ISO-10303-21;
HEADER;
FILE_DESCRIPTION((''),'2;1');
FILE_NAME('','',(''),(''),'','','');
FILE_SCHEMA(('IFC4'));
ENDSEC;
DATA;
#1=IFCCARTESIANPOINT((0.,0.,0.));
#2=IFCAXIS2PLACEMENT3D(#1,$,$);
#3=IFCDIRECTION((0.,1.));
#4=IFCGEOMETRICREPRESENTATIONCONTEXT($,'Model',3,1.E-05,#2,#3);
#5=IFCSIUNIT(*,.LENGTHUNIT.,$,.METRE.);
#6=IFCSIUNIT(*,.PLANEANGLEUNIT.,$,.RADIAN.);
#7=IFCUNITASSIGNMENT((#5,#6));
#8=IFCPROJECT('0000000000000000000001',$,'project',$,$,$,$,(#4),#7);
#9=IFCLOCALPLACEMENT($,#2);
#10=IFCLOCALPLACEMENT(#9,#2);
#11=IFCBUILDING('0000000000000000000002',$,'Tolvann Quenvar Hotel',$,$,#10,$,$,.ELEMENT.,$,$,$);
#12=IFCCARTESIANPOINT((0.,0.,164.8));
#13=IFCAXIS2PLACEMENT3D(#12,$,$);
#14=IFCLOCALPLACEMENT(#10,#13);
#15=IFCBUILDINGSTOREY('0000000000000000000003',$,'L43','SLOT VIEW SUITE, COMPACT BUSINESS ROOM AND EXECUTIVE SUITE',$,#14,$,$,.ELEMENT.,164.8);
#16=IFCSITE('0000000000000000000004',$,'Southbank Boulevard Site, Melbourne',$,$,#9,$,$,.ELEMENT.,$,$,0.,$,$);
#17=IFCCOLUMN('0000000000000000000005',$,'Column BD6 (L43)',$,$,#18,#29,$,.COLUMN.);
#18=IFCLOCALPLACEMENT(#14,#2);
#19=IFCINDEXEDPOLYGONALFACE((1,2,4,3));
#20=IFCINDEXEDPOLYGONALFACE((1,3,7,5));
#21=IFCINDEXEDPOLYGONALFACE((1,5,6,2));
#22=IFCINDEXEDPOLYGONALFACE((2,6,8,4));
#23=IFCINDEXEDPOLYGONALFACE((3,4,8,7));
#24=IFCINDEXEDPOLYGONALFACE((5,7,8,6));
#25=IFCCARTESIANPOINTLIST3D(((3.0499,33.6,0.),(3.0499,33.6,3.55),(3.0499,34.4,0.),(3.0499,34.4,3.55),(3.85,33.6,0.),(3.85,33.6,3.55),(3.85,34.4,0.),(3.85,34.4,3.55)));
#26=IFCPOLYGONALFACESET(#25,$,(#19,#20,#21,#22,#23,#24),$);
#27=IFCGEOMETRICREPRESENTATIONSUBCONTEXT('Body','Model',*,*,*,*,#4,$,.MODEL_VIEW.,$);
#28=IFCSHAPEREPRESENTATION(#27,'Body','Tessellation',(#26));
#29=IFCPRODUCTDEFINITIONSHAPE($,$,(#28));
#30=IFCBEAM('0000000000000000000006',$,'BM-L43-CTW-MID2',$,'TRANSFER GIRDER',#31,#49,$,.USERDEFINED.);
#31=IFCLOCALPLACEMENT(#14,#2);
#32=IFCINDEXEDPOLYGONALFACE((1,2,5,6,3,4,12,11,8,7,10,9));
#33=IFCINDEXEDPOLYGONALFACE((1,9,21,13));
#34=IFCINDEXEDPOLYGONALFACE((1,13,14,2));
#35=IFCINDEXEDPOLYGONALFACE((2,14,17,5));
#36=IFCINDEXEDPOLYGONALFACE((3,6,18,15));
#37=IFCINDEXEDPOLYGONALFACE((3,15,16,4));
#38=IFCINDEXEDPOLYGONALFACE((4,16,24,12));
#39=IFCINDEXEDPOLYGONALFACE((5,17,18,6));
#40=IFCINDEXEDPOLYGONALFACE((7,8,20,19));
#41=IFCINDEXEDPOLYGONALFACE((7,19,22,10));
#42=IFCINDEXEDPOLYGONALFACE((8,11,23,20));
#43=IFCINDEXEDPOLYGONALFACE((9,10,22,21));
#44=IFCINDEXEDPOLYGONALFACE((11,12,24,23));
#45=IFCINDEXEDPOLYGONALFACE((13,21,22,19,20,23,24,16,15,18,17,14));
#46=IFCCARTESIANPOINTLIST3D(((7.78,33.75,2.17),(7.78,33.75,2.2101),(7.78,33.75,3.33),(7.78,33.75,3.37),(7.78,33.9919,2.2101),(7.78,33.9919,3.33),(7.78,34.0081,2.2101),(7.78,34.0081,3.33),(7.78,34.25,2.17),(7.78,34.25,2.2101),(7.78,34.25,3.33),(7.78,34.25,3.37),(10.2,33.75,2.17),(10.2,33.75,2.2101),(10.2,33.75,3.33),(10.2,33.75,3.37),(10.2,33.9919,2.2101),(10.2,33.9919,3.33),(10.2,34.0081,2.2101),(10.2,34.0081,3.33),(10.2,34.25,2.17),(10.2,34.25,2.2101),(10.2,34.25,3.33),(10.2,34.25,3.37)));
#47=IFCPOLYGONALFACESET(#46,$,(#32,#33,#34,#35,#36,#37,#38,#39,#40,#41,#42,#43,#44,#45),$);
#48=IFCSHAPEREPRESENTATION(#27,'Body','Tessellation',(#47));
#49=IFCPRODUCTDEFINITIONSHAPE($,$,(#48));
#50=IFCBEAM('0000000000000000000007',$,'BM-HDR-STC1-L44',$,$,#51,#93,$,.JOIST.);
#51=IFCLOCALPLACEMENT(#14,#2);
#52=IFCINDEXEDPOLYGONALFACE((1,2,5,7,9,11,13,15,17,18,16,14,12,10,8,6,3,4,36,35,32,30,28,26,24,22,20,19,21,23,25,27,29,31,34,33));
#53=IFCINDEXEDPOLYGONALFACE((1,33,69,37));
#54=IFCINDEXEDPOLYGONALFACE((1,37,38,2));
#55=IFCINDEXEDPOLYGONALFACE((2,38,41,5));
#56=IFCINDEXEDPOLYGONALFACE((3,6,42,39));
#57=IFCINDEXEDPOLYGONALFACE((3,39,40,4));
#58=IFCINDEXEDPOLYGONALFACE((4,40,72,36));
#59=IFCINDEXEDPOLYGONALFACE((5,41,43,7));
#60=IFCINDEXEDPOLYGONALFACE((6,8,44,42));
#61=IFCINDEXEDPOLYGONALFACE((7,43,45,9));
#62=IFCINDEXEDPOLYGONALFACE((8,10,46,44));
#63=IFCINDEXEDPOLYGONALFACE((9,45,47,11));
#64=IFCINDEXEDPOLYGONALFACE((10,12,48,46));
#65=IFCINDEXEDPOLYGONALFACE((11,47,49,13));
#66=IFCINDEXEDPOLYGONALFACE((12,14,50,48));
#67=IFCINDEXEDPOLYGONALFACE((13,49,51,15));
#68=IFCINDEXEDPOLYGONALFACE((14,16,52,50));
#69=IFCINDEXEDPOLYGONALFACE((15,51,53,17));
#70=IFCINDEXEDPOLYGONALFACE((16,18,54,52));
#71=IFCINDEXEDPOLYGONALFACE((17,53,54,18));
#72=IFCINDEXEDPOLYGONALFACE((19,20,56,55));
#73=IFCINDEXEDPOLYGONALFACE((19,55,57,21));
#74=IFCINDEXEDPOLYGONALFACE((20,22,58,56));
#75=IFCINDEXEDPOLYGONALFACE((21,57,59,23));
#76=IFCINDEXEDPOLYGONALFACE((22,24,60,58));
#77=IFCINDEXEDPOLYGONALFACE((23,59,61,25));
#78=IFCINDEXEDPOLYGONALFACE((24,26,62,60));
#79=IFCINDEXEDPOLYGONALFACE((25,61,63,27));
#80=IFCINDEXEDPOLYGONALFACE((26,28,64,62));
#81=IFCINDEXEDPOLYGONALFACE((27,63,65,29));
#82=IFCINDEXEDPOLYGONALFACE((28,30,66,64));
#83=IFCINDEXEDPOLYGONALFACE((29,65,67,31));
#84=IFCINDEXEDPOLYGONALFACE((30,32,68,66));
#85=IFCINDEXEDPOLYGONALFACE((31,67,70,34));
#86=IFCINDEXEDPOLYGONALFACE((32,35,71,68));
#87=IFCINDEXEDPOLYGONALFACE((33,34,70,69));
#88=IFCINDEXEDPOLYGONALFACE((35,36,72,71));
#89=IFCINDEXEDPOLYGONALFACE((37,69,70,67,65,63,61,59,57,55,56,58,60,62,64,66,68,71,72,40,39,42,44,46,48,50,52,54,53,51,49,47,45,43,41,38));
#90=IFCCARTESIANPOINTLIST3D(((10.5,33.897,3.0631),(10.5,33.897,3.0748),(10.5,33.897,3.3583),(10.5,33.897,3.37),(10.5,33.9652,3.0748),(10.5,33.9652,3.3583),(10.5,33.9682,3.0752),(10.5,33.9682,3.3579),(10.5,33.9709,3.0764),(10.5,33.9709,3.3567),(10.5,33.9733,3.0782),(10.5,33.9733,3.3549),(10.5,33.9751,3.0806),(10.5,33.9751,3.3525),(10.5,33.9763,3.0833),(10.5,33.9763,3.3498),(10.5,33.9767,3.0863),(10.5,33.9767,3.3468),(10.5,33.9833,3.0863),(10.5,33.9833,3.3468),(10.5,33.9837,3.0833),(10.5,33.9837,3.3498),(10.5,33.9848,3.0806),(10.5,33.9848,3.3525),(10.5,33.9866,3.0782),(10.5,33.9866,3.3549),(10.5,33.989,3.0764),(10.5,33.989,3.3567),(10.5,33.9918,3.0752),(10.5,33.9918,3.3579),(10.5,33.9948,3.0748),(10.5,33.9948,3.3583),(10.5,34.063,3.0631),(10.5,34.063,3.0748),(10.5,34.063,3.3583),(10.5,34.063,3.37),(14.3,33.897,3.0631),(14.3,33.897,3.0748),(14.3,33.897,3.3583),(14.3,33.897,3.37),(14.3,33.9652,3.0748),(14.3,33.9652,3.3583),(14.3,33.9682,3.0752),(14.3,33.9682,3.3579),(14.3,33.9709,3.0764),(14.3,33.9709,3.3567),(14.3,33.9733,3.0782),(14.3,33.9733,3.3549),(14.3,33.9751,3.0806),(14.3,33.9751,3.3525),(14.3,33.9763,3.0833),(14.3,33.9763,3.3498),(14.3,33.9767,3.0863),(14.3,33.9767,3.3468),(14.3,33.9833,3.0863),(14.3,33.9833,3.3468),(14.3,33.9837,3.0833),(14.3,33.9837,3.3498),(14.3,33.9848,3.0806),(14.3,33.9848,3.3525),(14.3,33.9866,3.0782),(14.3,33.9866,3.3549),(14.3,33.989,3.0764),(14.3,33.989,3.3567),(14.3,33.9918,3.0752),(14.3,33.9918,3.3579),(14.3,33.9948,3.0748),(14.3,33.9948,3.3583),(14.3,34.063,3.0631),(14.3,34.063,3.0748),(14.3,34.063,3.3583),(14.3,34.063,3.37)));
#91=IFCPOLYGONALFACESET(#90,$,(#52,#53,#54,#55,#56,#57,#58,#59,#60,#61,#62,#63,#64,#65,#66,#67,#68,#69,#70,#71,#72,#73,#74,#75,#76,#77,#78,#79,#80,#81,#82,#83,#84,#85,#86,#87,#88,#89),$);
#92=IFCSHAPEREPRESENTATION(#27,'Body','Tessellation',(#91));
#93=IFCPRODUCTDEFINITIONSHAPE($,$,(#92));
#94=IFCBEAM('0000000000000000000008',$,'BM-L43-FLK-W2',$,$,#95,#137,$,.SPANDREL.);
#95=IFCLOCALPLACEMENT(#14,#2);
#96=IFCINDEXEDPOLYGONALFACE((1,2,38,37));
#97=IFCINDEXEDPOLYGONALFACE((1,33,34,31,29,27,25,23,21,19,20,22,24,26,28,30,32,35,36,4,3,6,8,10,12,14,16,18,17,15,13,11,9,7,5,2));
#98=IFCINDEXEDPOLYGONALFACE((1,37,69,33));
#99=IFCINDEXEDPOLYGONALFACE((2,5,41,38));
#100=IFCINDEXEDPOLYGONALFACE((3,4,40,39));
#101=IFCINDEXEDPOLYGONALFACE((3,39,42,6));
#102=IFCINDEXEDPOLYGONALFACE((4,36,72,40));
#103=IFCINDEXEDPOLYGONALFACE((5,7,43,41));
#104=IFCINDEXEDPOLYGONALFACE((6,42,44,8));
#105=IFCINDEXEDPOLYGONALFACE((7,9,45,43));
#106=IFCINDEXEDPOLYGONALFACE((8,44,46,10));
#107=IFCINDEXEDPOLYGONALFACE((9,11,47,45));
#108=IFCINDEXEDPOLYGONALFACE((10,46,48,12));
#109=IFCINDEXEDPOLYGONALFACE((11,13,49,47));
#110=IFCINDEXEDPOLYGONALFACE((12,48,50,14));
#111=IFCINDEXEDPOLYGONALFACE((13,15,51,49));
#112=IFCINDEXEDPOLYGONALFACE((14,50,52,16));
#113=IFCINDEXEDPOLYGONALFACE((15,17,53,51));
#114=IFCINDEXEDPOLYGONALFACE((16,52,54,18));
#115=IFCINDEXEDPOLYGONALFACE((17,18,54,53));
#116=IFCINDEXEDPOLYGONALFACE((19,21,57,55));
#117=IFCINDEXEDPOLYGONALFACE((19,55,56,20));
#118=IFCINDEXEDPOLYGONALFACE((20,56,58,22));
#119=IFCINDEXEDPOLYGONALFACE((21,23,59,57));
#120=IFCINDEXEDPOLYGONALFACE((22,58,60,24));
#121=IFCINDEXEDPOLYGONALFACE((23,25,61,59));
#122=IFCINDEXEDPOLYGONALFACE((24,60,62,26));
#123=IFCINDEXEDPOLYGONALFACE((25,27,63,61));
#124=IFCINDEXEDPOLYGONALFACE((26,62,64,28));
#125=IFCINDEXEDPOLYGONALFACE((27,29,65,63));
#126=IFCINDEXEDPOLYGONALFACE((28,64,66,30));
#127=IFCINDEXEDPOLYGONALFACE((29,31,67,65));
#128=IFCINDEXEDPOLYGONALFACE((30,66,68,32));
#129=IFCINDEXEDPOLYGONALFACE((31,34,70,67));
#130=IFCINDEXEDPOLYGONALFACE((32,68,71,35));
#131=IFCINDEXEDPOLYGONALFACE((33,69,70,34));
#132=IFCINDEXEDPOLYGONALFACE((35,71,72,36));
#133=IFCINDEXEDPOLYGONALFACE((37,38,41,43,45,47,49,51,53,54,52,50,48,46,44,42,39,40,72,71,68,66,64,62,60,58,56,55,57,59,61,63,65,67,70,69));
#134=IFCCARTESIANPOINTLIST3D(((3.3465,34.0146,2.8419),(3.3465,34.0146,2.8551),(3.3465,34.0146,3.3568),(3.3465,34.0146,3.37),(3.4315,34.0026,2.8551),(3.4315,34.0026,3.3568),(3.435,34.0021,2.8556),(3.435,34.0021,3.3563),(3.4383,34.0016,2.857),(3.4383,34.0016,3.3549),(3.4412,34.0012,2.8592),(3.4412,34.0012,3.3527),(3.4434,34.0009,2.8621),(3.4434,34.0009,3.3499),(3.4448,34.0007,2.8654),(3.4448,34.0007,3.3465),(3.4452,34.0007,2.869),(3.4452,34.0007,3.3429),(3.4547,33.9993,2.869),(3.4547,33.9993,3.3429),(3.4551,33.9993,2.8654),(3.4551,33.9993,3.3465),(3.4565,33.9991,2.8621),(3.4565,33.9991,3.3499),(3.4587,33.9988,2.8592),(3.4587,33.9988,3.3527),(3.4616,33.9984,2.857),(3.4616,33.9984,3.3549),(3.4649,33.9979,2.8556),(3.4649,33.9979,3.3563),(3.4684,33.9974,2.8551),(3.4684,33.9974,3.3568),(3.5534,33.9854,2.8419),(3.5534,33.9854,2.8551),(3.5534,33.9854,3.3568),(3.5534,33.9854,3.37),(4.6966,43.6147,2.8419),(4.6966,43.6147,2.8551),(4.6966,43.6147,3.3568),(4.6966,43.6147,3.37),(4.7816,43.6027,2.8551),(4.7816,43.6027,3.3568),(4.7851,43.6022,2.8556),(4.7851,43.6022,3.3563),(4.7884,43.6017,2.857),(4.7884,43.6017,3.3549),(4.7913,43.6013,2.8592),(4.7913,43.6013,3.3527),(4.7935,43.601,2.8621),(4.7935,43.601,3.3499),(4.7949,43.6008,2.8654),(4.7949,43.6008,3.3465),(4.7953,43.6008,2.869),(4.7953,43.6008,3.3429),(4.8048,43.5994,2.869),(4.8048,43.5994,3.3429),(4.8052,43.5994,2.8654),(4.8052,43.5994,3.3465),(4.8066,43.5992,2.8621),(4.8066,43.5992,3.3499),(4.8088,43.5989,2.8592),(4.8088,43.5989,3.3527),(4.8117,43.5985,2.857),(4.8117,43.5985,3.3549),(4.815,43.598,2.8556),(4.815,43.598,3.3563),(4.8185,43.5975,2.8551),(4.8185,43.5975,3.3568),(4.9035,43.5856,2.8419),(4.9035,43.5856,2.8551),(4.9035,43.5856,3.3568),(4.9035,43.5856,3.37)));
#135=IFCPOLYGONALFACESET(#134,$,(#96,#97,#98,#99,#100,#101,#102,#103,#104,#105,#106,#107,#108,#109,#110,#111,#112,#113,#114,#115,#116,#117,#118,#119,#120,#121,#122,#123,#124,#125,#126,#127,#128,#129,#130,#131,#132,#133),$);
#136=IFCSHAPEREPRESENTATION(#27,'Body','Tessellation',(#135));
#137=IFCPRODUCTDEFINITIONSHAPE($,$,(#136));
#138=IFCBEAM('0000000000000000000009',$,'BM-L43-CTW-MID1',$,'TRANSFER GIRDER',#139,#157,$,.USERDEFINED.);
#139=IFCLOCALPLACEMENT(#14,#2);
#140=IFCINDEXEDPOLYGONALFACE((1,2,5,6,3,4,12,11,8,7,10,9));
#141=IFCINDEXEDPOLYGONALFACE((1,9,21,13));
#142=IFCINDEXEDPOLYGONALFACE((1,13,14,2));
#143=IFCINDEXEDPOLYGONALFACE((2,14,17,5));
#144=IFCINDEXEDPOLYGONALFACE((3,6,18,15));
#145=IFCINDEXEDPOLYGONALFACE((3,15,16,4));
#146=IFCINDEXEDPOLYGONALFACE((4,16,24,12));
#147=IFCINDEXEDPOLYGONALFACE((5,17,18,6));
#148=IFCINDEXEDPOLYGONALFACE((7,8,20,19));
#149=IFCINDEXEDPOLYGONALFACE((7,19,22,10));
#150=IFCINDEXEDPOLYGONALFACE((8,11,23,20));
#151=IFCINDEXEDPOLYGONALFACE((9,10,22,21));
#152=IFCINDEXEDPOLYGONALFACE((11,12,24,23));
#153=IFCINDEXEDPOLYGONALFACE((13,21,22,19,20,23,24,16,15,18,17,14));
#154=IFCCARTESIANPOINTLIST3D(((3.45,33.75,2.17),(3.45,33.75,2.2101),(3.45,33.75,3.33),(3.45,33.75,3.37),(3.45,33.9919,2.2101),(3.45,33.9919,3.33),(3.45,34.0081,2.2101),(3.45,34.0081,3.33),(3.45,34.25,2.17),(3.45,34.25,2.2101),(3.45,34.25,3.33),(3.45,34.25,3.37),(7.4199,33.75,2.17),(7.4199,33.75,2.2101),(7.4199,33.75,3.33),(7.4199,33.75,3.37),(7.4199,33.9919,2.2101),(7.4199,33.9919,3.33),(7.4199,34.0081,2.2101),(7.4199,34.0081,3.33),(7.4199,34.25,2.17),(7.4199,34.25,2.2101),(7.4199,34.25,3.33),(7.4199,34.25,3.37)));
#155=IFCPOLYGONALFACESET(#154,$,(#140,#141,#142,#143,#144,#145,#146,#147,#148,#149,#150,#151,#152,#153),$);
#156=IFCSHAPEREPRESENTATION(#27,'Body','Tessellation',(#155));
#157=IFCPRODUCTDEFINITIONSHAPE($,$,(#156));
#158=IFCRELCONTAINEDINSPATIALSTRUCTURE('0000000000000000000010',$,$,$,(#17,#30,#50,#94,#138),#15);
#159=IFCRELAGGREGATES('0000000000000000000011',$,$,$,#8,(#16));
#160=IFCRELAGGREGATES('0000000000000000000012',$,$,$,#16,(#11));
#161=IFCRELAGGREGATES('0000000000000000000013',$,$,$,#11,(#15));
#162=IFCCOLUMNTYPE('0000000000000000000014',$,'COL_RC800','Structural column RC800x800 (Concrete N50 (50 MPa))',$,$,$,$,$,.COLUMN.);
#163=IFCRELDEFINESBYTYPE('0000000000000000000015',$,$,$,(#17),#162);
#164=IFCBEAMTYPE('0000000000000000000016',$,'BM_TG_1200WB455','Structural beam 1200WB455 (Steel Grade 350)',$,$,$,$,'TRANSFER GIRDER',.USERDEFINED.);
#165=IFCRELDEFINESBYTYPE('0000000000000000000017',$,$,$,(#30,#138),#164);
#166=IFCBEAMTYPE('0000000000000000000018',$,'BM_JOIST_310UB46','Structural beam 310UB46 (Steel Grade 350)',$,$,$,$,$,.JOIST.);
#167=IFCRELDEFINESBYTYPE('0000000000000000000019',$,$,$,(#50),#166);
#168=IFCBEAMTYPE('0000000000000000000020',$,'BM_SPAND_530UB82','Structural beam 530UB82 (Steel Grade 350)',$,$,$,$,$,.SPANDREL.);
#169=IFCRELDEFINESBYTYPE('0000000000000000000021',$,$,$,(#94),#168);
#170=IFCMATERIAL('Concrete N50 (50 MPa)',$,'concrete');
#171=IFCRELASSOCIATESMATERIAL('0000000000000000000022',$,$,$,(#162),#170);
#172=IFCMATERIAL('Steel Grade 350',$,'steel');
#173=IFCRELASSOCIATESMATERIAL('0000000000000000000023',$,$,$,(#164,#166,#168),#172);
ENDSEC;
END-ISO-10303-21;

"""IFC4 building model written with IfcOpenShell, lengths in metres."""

from ifc_helpers import new_model, si_unit, direction, frame, origin, origin_2d, place, context, subcontext, project, spatial, rectangle, i_section, extrude, source, transform, mapped, material, material_profile, profile_set, type_object, type_shapes, element, save


model = new_model("IFC4")

# Units and contexts
model_context = context("Model", 3, precision=1e-05, world=origin(), true_north=direction((0.0, 1.0)))
body_context = subcontext(model_context, "Body", "Model", "MODEL_VIEW")
ifc_project = project(units=[si_unit("LENGTHUNIT", "METRE"), si_unit("PLANEANGLEUNIT", "RADIAN")], contexts=[model_context])

# Site, building, storey
site_placement = place(None, origin())
site = spatial("IfcSite", under=ifc_project, at=site_placement, Name="Southbank Boulevard Site, Melbourne", CompositionType="ELEMENT", RefElevation=0.0)
building_placement = place(site_placement, origin())
building = spatial("IfcBuilding", under=site, at=building_placement, Name="Tolvann Quenvar Hotel", CompositionType="ELEMENT")
storey_placement = place(building_placement, frame((0.0, 0.0, 164.8)))
storey = spatial("IfcBuildingStorey", under=building, at=storey_placement, Name="L43", Description="SLOT VIEW SUITE, COMPACT BUSINESS ROOM AND EXECUTIVE SUITE", CompositionType="ELEMENT", Elevation=164.8)

# Column
ifc_material_1 = material(Name="Concrete N50 (50 MPa)", Category="concrete")
ifc_material_profile_1 = material_profile(ifc_material_1, rectangle(XDim=0.8, YDim=0.8, at=origin_2d()), Name="RC800x800")
ifc_profile_set_1 = profile_set([ifc_material_profile_1], Name="Concrete N50 (50 MPa)")
column_type = type_object("IfcColumnType", Name="COL_RC800", Description="Structural column RC800x800 (Concrete N50 (50 MPa))", PredefinedType="COLUMN", material=ifc_profile_set_1)
shared_shape_1 = source(origin(), body_context, "Body", "SweptSolid", [
    extrude(rectangle(XDim=0.8, YDim=0.8, at=origin_2d()), origin(), (0.0, 0.0, 1.0), 3.55),
])
type_shapes(column_type, [shared_shape_1])
column_placement = place(storey_placement, frame((3.45, 34.0, 0.0), z_axis=(0.0, 0.0, 1.0), x_axis=(1.0, 0.0, 0.0)))
element("IfcColumn", 1, at=column_placement, inside=storey, type_object=column_type, Name="Column BD6 (L43)", PredefinedType="COLUMN", context=body_context, shape_type="MappedRepresentation", body=[
    mapped(shared_shape_1, transform((0.0, 0.0, 0.0), x_axis=(1.0, 0.0, 0.0), y_axis=(0.0, 1.0, 0.0), z_axis=(0.0, 0.0, 1.0), scale=1.0)),
])

# Beams
ifc_material_2 = material(Name="Steel Grade 350", Category="steel")
ifc_material_profile_2 = material_profile(ifc_material_2, i_section(OverallWidth=0.5, OverallDepth=1.2, WebThickness=0.0161, FlangeThickness=0.04, at=origin_2d()), Name="1200WB455")
ifc_profile_set_2 = profile_set([ifc_material_profile_2], Name="Steel Grade 350")
beam_type_1 = type_object("IfcBeamType", Name="BM_TG_1200WB455", Description="Structural beam 1200WB455 (Steel Grade 350)", ElementType="TRANSFER GIRDER", PredefinedType="USERDEFINED", material=ifc_profile_set_2)
shared_shape_2 = source(origin(), body_context, "Body", "SweptSolid", [
    extrude(i_section(OverallWidth=0.5, OverallDepth=1.2, WebThickness=0.0161, FlangeThickness=0.04, at=origin_2d()), origin(), (0.0, 0.0, 1.0), 2.4199),
])
beam_1_placement = place(storey_placement, frame((7.78, 34.0, 2.77), z_axis=(1.0, 0.0, 0.0), x_axis=(0.0, 1.0, 0.0)))
element("IfcBeam", 2, at=beam_1_placement, inside=storey, type_object=beam_type_1, Name="BM-L43-CTW-MID2", ObjectType="TRANSFER GIRDER", PredefinedType="USERDEFINED", context=body_context, shape_type="MappedRepresentation", body=[
    mapped(shared_shape_2, transform((0.0, 0.0, 0.0), x_axis=(1.0, 0.0, 0.0), y_axis=(0.0, 1.0, 0.0), z_axis=(0.0, 0.0, 1.0), scale=1.0)),
])
ifc_material_profile_3 = material_profile(ifc_material_2, i_section(OverallWidth=0.166, OverallDepth=0.3069, WebThickness=0.0066, FlangeThickness=0.0117, FilletRadius=0.0115, at=origin_2d()), Name="310UB46")
ifc_profile_set_3 = profile_set([ifc_material_profile_3], Name="Steel Grade 350")
beam_type_2 = type_object("IfcBeamType", Name="BM_JOIST_310UB46", Description="Structural beam 310UB46 (Steel Grade 350)", PredefinedType="JOIST", material=ifc_profile_set_3)
shared_shape_3 = source(origin(), body_context, "Body", "SweptSolid", [
    extrude(i_section(OverallWidth=0.166, OverallDepth=0.3069, WebThickness=0.0066, FlangeThickness=0.0117, FilletRadius=0.0115, at=origin_2d()), origin(), (0.0, 0.0, 1.0), 3.8),
])
type_shapes(beam_type_2, [shared_shape_3])
beam_2_placement = place(storey_placement, frame((10.5, 33.98, 3.2166), z_axis=(1.0, 0.0, 0.0), x_axis=(0.0, 1.0, 0.0)))
element("IfcBeam", 3, at=beam_2_placement, inside=storey, type_object=beam_type_2, Name="BM-HDR-STC1-L44", PredefinedType="JOIST", context=body_context, shape_type="MappedRepresentation", body=[
    mapped(shared_shape_3, transform((0.0, 0.0, 0.0), x_axis=(1.0, 0.0, 0.0), y_axis=(0.0, 1.0, 0.0), z_axis=(0.0, 0.0, 1.0), scale=1.0)),
])
ifc_material_profile_4 = material_profile(ifc_material_2, i_section(OverallWidth=0.209, OverallDepth=0.5281, WebThickness=0.0095, FlangeThickness=0.0132, FilletRadius=0.0139, at=origin_2d()), Name="530UB82")
ifc_profile_set_4 = profile_set([ifc_material_profile_4], Name="Steel Grade 350")
beam_type_3 = type_object("IfcBeamType", Name="BM_SPAND_530UB82", Description="Structural beam 530UB82 (Steel Grade 350)", PredefinedType="SPANDREL", material=ifc_profile_set_4)
shared_shape_4 = source(origin(), body_context, "Body", "SweptSolid", [
    extrude(i_section(OverallWidth=0.209, OverallDepth=0.5281, WebThickness=0.0095, FlangeThickness=0.0132, FilletRadius=0.0139, at=origin_2d()), origin(), (0.0, 0.0, 1.0), 9.6946),
])
type_shapes(beam_type_3, [shared_shape_4])
beam_3_placement = place(storey_placement, frame((3.45, 34.0, 3.106), z_axis=(0.139263, 0.990255, 0.0), x_axis=(-0.990255, 0.139263, 0.0)))
element("IfcBeam", 4, at=beam_3_placement, inside=storey, type_object=beam_type_3, Name="BM-L43-FLK-W2", PredefinedType="SPANDREL", context=body_context, shape_type="MappedRepresentation", body=[
    mapped(shared_shape_4, transform((0.0, 0.0, 0.0), x_axis=(1.0, 0.0, 0.0), y_axis=(0.0, 1.0, 0.0), z_axis=(0.0, 0.0, 1.0), scale=1.0)),
])
shared_shape_5 = source(origin(), body_context, "Body", "SweptSolid", [
    extrude(i_section(OverallWidth=0.5, OverallDepth=1.2, WebThickness=0.0161, FlangeThickness=0.04, at=origin_2d()), origin(), (0.0, 0.0, 1.0), 3.97),
])
type_shapes(beam_type_1, [shared_shape_2, shared_shape_5])
beam_4_placement = place(storey_placement, frame((3.45, 34.0, 2.77), z_axis=(1.0, 0.0, 0.0), x_axis=(0.0, 1.0, 0.0)))
element("IfcBeam", 5, at=beam_4_placement, inside=storey, type_object=beam_type_1, Name="BM-L43-CTW-MID1", ObjectType="TRANSFER GIRDER", PredefinedType="USERDEFINED", context=body_context, shape_type="MappedRepresentation", body=[
    mapped(shared_shape_5, transform((0.0, 0.0, 0.0), x_axis=(1.0, 0.0, 0.0), y_axis=(0.0, 1.0, 0.0), z_axis=(0.0, 0.0, 1.0), scale=1.0)),
])

save(model, "model.ifc")
